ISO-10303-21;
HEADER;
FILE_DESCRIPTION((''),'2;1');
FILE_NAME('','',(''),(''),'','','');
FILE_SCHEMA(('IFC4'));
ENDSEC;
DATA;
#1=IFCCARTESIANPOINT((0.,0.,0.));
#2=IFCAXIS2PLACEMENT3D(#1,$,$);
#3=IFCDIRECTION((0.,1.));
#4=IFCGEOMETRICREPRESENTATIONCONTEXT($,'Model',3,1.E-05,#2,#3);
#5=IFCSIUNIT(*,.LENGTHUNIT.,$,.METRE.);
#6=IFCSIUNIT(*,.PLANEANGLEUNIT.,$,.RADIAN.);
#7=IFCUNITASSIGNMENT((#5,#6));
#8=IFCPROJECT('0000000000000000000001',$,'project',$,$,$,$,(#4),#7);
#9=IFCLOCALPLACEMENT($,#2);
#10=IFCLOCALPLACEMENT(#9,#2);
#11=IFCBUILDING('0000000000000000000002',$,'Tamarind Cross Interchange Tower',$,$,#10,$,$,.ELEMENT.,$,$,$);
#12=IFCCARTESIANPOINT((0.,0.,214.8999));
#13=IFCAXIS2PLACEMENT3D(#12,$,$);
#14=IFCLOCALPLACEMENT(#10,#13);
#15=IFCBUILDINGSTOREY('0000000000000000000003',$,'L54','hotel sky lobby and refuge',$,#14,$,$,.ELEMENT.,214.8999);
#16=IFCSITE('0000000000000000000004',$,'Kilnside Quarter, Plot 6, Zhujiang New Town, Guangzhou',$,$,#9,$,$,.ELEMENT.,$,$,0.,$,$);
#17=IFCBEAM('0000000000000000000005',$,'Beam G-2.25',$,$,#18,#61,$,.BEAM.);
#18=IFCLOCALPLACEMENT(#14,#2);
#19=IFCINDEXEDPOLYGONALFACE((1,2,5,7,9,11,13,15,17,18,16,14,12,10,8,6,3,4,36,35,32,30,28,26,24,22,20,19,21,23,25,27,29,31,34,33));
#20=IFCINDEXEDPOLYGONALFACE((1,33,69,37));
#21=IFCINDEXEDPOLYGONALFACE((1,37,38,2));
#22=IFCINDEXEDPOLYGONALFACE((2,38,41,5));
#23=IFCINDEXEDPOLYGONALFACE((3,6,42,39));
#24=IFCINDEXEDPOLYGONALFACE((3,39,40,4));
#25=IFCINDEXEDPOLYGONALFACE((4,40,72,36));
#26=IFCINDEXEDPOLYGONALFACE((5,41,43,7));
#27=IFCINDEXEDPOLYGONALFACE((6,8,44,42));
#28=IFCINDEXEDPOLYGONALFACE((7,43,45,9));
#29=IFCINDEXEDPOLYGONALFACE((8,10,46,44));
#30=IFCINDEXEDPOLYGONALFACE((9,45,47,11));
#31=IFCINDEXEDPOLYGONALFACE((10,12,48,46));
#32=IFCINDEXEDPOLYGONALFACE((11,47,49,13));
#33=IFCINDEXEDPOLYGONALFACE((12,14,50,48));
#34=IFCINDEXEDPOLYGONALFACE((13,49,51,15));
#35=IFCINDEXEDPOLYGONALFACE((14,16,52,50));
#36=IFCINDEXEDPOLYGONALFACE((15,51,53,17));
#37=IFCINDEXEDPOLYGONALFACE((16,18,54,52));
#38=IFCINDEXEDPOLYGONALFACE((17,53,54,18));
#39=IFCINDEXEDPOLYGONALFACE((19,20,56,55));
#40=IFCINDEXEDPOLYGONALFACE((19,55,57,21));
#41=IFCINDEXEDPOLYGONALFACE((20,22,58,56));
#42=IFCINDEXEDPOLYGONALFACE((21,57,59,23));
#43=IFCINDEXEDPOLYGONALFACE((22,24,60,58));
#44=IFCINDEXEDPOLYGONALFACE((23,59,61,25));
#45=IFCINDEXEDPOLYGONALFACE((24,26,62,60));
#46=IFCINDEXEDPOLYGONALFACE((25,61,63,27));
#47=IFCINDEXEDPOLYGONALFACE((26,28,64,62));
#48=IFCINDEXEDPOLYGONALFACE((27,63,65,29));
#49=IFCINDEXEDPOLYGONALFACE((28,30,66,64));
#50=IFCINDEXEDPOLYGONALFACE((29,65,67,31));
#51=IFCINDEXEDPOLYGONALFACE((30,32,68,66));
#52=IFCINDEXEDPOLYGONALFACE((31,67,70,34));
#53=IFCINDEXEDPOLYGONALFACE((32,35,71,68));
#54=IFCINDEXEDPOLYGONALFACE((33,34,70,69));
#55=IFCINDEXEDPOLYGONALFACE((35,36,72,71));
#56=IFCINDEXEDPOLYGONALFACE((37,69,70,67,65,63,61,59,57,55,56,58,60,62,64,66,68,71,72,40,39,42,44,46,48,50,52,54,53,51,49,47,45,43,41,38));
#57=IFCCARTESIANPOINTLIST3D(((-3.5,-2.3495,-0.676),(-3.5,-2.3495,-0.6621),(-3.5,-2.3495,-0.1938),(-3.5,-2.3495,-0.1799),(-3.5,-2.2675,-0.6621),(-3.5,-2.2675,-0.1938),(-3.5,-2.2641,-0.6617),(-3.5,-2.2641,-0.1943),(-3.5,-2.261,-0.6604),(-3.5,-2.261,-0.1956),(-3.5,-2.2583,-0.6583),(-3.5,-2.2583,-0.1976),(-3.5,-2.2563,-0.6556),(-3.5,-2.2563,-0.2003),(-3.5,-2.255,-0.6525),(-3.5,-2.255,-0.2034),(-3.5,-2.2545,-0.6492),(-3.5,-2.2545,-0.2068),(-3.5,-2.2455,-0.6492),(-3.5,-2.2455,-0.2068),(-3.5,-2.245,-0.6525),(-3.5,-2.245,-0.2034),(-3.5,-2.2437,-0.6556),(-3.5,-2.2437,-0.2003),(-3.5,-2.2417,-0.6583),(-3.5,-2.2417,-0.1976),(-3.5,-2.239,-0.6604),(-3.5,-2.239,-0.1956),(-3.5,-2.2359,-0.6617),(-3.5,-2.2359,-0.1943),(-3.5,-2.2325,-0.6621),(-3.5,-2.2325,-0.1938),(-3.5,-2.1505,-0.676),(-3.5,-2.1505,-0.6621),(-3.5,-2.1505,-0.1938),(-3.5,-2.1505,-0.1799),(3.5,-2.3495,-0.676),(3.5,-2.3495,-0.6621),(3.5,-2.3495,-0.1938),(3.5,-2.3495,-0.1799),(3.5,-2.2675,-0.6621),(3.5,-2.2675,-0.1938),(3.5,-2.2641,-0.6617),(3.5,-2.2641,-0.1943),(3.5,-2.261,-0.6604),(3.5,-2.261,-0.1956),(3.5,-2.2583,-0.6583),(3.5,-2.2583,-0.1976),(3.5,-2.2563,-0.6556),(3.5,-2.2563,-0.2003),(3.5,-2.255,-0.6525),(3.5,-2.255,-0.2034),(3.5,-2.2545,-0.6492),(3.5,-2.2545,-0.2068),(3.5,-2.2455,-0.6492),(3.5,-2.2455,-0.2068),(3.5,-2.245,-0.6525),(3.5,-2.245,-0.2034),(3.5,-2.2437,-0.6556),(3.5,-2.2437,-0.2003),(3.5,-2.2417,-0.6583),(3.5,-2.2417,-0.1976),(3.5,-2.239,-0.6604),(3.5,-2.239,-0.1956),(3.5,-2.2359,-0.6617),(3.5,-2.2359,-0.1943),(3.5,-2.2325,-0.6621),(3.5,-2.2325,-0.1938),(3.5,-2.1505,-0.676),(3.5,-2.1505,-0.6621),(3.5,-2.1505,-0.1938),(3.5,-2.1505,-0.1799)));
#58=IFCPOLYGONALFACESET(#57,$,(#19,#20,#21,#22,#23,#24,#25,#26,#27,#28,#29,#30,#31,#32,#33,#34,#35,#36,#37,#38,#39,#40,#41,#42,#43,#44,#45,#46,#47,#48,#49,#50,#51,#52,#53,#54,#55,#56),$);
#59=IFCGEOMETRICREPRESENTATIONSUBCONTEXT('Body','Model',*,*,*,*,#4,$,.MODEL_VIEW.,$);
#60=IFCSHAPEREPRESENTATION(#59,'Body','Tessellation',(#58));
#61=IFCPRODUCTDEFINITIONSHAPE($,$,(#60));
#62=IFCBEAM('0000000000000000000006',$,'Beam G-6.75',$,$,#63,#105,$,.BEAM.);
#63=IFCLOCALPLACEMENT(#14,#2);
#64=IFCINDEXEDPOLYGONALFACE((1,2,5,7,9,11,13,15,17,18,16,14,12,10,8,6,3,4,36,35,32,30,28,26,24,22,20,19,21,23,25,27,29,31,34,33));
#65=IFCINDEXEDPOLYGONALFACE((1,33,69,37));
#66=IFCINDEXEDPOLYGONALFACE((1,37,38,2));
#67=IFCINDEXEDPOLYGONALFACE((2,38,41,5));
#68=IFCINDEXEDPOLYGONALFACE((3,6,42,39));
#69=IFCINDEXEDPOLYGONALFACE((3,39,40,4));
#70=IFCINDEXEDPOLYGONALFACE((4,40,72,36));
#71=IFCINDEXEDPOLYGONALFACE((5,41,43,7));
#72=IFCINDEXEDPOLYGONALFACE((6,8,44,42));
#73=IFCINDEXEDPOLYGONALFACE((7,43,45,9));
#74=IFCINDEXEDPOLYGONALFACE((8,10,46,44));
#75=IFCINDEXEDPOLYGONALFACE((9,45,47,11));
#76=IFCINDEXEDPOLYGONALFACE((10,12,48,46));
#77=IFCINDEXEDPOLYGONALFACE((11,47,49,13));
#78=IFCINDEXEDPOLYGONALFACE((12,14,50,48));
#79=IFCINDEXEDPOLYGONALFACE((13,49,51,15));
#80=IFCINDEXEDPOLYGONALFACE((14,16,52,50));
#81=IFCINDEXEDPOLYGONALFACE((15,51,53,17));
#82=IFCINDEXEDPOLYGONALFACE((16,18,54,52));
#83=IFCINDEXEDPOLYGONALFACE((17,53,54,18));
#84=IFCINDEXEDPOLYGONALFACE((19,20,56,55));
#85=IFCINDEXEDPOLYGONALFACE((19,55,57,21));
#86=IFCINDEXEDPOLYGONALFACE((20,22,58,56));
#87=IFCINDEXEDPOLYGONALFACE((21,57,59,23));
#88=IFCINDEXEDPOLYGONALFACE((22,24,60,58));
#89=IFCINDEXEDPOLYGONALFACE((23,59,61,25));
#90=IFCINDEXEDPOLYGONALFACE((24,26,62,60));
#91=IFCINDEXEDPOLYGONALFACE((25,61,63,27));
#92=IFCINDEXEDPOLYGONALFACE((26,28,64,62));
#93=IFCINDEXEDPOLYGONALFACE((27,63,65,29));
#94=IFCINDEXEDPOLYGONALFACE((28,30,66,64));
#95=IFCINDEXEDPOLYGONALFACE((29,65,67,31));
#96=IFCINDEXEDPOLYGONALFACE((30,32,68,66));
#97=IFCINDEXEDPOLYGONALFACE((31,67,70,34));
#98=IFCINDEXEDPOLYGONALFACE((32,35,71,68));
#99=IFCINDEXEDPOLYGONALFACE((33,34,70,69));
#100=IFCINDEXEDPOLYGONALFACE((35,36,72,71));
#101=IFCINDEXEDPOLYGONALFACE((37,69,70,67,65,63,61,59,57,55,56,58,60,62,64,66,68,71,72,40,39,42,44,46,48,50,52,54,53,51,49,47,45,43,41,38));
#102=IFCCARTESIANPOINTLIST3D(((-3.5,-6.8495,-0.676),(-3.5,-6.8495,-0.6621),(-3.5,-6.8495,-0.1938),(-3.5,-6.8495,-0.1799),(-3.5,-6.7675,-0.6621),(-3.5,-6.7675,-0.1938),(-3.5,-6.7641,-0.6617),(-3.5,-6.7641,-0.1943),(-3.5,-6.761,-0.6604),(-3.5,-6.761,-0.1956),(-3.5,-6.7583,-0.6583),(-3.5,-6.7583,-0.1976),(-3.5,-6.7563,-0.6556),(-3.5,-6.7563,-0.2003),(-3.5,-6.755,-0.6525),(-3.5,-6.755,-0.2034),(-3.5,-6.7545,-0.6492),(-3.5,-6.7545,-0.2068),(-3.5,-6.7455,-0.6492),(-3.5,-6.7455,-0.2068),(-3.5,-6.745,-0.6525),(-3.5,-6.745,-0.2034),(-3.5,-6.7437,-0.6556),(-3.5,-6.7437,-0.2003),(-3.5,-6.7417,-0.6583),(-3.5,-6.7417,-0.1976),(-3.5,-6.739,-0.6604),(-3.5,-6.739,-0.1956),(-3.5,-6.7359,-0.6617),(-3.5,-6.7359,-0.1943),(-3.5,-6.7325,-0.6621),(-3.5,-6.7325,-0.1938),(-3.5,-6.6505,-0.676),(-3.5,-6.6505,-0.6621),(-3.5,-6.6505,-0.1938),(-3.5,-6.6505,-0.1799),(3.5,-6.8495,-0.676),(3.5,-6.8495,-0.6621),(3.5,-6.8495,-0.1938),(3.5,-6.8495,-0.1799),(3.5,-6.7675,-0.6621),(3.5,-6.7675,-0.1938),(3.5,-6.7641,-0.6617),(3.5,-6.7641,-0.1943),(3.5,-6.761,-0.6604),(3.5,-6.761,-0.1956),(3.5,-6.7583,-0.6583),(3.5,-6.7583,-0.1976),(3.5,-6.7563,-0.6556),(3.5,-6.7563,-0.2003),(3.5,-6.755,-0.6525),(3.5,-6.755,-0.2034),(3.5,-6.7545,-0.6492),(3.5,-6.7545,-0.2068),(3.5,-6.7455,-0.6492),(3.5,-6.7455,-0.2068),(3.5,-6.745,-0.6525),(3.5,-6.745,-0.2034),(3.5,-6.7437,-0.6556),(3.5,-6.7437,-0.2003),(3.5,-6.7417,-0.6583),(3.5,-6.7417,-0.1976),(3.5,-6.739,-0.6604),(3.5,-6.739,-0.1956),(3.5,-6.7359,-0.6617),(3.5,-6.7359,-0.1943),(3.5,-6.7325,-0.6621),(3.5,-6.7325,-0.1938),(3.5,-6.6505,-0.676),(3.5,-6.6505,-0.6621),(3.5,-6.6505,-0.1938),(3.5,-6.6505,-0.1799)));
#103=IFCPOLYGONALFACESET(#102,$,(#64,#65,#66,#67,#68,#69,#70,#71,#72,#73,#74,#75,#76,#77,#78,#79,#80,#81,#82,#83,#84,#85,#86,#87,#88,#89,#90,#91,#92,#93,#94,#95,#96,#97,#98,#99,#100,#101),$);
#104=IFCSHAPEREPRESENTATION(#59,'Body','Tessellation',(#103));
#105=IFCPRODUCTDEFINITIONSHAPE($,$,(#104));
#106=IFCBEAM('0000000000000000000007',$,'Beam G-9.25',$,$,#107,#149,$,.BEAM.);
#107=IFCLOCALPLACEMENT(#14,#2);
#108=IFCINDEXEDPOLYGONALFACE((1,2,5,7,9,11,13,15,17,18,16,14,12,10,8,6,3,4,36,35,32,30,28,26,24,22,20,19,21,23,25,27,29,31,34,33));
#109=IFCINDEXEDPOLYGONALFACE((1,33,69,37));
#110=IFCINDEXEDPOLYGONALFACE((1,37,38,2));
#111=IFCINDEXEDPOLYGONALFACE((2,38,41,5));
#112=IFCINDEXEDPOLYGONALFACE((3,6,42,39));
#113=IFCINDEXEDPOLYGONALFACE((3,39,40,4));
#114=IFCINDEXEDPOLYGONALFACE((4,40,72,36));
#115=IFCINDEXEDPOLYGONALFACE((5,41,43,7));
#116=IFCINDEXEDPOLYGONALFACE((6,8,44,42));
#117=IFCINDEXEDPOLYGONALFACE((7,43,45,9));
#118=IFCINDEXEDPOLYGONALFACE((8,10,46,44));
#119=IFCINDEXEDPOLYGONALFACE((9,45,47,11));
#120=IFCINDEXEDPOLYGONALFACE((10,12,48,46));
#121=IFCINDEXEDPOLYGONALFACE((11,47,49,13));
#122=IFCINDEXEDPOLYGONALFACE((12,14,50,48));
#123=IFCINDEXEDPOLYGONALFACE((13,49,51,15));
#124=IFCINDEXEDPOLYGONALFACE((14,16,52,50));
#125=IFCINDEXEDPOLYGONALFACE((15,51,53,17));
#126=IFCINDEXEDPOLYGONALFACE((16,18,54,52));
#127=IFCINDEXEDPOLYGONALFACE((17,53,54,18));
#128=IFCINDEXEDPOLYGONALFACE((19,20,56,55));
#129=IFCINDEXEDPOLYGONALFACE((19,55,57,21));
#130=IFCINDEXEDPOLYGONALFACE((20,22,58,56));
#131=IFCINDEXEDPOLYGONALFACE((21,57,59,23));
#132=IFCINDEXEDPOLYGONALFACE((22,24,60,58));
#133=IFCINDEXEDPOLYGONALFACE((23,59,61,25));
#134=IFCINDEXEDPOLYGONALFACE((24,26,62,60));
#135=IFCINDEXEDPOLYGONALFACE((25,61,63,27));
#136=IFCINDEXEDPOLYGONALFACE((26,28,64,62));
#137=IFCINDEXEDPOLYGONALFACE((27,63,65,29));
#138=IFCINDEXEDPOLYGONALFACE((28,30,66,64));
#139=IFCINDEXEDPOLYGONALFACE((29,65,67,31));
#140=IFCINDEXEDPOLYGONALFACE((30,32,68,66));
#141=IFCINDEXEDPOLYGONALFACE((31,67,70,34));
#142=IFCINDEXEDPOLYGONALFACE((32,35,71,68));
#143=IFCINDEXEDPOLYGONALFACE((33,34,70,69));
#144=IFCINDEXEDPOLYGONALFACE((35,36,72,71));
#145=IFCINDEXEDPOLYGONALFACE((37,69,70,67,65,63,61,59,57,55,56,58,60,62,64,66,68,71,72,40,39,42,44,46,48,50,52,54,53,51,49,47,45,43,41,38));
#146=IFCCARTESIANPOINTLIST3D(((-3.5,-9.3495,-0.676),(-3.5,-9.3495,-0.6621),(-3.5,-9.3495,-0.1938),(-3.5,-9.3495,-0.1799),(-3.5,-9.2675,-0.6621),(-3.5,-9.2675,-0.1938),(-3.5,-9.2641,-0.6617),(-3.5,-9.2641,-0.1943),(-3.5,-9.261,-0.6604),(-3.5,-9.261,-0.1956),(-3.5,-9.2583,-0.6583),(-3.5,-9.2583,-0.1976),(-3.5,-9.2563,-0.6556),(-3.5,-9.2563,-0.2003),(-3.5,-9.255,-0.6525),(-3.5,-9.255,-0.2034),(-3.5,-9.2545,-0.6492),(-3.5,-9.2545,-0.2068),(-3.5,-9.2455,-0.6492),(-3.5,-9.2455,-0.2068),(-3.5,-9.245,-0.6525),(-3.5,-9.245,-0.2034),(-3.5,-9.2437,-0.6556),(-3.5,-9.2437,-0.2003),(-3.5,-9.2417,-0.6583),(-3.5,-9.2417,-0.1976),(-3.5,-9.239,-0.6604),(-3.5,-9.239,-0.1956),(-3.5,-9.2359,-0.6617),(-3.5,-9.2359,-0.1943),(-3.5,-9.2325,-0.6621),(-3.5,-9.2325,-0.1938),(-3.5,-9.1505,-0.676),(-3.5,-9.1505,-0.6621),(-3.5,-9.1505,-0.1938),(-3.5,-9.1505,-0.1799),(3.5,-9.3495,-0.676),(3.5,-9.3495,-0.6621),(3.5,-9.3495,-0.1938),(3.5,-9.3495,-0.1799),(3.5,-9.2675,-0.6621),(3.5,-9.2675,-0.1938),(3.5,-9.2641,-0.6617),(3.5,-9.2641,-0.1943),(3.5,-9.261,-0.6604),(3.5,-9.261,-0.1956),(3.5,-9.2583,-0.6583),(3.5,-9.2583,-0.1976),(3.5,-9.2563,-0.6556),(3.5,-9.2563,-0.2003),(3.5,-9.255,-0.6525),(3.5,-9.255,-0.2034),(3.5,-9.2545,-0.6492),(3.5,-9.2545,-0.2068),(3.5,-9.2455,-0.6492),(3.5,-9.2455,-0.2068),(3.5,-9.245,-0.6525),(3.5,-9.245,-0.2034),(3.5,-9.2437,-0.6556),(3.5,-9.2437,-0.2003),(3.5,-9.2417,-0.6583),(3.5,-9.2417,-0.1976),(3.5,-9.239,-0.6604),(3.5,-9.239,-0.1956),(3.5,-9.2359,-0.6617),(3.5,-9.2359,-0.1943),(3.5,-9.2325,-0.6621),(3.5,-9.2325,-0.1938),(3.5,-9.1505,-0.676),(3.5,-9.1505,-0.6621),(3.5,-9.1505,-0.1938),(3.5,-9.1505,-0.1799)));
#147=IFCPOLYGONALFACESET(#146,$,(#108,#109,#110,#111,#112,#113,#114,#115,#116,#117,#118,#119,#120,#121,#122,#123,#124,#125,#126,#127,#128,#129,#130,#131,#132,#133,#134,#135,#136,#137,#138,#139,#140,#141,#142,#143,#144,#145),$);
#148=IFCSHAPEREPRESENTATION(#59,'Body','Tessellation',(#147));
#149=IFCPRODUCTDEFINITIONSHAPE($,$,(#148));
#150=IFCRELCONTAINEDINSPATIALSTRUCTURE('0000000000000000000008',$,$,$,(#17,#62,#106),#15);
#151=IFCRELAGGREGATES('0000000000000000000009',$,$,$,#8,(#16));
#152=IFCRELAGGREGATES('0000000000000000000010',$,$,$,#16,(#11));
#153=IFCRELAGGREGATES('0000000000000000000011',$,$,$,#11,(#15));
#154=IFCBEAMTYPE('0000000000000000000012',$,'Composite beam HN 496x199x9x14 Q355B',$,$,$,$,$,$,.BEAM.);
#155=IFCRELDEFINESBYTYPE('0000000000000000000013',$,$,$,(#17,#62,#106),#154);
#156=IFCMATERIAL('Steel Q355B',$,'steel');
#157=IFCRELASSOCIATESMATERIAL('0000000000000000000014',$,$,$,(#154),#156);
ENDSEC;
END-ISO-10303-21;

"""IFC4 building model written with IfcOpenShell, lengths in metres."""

from ifc_helpers import new_model, si_unit, direction, frame, origin, origin_2d, place, context, subcontext, project, spatial, i_section, extrude, material, material_profile, profile_set, type_object, element, save


model = new_model("IFC4")

# Units and contexts
model_context = context("Model", 3, precision=1e-05, world=origin(), true_north=direction((0.0, 1.0)))
body_context = subcontext(model_context, "Body", "Model", "MODEL_VIEW")
ifc_project = project(units=[si_unit("LENGTHUNIT", "METRE"), si_unit("PLANEANGLEUNIT", "RADIAN")], contexts=[model_context])

# Site, building, storey
site_placement = place(None, origin())
site = spatial("IfcSite", under=ifc_project, at=site_placement, Name="Kilnside Quarter, Plot 6, Zhujiang New Town, Guangzhou", CompositionType="ELEMENT", RefElevation=0.0)
building_placement = place(site_placement, origin())
building = spatial("IfcBuilding", under=site, at=building_placement, Name="Tamarind Cross Interchange Tower", CompositionType="ELEMENT")
storey_placement = place(building_placement, frame((0.0, 0.0, 214.8999)))
storey = spatial("IfcBuildingStorey", under=building, at=storey_placement, Name="L54", Description="hotel sky lobby and refuge", CompositionType="ELEMENT", Elevation=214.8999)

# Beams
ifc_material_1 = material(Name="Steel Q355B", Category="steel")
ifc_material_profile = material_profile(ifc_material_1, i_section(OverallWidth=0.199, OverallDepth=0.4961, WebThickness=0.009, FlangeThickness=0.0139, FilletRadius=0.0129, at=origin_2d()), Name="HN 496x199x9x14")
ifc_profile_set = profile_set([ifc_material_profile], Name="Steel Q355B")
beam_type = type_object("IfcBeamType", Name="Composite beam HN 496x199x9x14 Q355B", PredefinedType="BEAM", material=ifc_profile_set)
for number, where, z_axis, x_axis, name in (
    (1, (-3.5, -2.25, -0.428), (1.0, 0.0, 0.0), (0.0, 1.0, 0.0), "Beam G-2.25"),
    (2, (-3.5, -6.75, -0.428), (1.0, 0.0, 0.0), (0.0, 1.0, 0.0), "Beam G-6.75"),
    (3, (-3.5, -9.25, -0.428), (1.0, 0.0, 0.0), (0.0, 1.0, 0.0), "Beam G-9.25"),
):
    element("IfcBeam", number, at=place(storey_placement, frame(where, z_axis=z_axis, x_axis=x_axis)), inside=storey, type_object=beam_type, Name=name, PredefinedType="BEAM", context=body_context, shape_type="SweptSolid", body=[
        extrude(i_section(OverallWidth=0.199, OverallDepth=0.4961, WebThickness=0.009, FlangeThickness=0.0139, FilletRadius=0.0129, at=origin_2d()), origin(), (0.0, 0.0, 1.0), 7.0),
    ])

save(model, "model.ifc")
